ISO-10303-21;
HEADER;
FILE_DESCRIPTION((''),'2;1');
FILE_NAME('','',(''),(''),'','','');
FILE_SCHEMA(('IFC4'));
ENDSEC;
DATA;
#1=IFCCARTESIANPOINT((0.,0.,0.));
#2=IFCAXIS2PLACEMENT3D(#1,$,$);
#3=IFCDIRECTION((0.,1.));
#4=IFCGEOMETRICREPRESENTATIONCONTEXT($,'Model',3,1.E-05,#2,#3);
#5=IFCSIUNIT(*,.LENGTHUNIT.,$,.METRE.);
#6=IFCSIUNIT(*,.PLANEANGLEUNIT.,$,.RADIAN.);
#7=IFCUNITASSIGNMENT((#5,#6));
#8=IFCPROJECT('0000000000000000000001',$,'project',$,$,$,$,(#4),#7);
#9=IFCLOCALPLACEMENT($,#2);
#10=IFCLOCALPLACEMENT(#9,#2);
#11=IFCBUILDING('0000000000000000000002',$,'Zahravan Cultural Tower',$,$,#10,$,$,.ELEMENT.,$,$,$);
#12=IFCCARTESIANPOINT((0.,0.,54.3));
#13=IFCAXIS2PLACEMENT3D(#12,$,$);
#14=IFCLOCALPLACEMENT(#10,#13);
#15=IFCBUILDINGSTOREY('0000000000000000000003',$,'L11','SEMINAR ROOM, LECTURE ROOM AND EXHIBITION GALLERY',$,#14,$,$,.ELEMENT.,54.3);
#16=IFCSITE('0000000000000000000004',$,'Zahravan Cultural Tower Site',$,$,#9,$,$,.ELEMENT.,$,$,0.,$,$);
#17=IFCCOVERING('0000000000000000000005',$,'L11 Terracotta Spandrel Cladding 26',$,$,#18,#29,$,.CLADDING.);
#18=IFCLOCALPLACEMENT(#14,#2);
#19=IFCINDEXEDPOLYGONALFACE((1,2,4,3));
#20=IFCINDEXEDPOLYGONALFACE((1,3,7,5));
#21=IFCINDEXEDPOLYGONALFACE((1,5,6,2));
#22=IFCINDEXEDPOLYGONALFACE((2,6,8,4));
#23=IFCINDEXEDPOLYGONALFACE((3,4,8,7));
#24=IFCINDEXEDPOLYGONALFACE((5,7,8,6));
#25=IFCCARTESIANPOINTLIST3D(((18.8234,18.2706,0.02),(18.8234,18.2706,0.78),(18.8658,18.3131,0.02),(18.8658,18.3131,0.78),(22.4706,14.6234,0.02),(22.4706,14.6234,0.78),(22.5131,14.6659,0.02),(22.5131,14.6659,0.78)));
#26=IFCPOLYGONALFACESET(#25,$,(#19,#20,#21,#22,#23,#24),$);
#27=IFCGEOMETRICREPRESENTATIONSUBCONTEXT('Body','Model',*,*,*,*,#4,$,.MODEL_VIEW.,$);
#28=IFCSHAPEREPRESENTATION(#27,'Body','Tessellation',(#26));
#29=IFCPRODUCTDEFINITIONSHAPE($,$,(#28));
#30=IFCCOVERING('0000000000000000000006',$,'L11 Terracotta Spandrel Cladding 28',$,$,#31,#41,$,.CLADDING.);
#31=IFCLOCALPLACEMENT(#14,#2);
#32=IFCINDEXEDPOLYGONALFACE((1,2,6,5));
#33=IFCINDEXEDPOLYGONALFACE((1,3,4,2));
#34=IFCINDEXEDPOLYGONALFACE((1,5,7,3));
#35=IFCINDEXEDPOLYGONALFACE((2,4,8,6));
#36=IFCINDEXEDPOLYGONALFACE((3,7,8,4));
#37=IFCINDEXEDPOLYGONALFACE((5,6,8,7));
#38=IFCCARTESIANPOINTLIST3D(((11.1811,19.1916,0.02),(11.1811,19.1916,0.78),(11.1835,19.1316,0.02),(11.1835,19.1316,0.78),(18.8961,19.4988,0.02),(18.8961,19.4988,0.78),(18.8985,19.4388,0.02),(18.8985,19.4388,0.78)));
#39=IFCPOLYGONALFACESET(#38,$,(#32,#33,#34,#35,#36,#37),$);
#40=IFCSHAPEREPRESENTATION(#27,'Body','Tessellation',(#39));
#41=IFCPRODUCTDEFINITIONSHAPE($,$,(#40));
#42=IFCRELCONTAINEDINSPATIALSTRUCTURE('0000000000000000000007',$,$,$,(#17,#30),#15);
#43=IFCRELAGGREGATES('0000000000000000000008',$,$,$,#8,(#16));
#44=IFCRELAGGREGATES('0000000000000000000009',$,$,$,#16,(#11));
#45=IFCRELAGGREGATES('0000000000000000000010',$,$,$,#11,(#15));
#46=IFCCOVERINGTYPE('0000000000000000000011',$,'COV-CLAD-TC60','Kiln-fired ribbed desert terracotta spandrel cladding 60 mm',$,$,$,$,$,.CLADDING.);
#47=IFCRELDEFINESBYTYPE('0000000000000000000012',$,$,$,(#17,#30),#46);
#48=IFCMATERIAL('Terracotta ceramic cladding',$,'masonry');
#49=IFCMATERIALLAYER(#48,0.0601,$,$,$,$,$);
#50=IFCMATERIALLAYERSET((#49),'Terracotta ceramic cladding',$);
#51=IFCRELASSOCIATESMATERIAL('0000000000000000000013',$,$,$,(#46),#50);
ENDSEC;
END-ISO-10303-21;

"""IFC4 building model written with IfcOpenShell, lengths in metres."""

from ifc_helpers import new_model, si_unit, direction, frame, origin, origin_2d, place, context, subcontext, project, spatial, rectangle, extrude, source, transform, mapped, material, layer, layer_set, type_object, element, save


model = new_model("IFC4")

# Units and contexts
model_context = context("Model", 3, precision=1e-05, world=origin(), true_north=direction((0.0, 1.0)))
body_context = subcontext(model_context, "Body", "Model", "MODEL_VIEW")
ifc_project = project(units=[si_unit("LENGTHUNIT", "METRE"), si_unit("PLANEANGLEUNIT", "RADIAN")], contexts=[model_context])

# Site, building, storey
site_placement = place(None, origin())
site = spatial("IfcSite", under=ifc_project, at=site_placement, Name="Zahravan Cultural Tower Site", CompositionType="ELEMENT", RefElevation=0.0)
building_placement = place(site_placement, origin())
building = spatial("IfcBuilding", under=site, at=building_placement, Name="Zahravan Cultural Tower", CompositionType="ELEMENT")
storey_placement = place(building_placement, frame((0.0, 0.0, 54.3)))
storey = spatial("IfcBuildingStorey", under=building, at=storey_placement, Name="L11", Description="SEMINAR ROOM, LECTURE ROOM AND EXHIBITION GALLERY", CompositionType="ELEMENT", Elevation=54.3)

# Coverings
ifc_material_1 = material(Name="Terracotta ceramic cladding", Category="masonry")
ifc_layer_1 = layer(ifc_material_1, 0.0601)
ifc_layer_set_1 = layer_set([ifc_layer_1], Name="Terracotta ceramic cladding")
covering_type_1 = type_object("IfcCoveringType", Name="COV-CLAD-TC60", Description="Kiln-fired ribbed desert terracotta spandrel cladding 60 mm", PredefinedType="CLADDING", material=ifc_layer_set_1)
shared_shape_1 = source(origin(), body_context, "Body", "SweptSolid", [
    extrude(rectangle(XDim=5.158, YDim=0.0601, at=origin_2d()), origin(), (0.0, 0.0, 1.0), 0.76),
])
covering_1_placement = place(storey_placement, frame((20.6682, 16.4683, 0.02), z_axis=(0.0, 0.0, 1.0), x_axis=(-0.707107, 0.707107, 0.0)))
element("IfcCovering", 1, at=covering_1_placement, inside=storey, type_object=covering_type_1, Name="L11 Terracotta Spandrel Cladding 26", PredefinedType="CLADDING", context=body_context, shape_type="MappedRepresentation", body=[
    mapped(shared_shape_1, transform((0.0, 0.0, 0.0), x_axis=(1.0, 0.0, 0.0), y_axis=(0.0, 1.0, 0.0), z_axis=(0.0, 0.0, 1.0), scale=1.0)),
])
shared_shape_2 = source(origin(), body_context, "Body", "SweptSolid", [
    extrude(rectangle(XDim=7.7212, YDim=0.0601, at=origin_2d()), origin(), (0.0, 0.0, 1.0), 0.76),
])
covering_2_placement = place(storey_placement, frame((15.0398, 19.3152, 0.02), z_axis=(0.0, 0.0, 1.0), x_axis=(-0.999208, -0.039783, 0.0)))
element("IfcCovering", 2, at=covering_2_placement, inside=storey, type_object=covering_type_1, Name="L11 Terracotta Spandrel Cladding 28", PredefinedType="CLADDING", context=body_context, shape_type="MappedRepresentation", body=[
    mapped(shared_shape_2, transform((0.0, 0.0, 0.0), x_axis=(1.0, 0.0, 0.0), y_axis=(0.0, 1.0, 0.0), z_axis=(0.0, 0.0, 1.0), scale=1.0)),
])

save(model, "model.ifc")
